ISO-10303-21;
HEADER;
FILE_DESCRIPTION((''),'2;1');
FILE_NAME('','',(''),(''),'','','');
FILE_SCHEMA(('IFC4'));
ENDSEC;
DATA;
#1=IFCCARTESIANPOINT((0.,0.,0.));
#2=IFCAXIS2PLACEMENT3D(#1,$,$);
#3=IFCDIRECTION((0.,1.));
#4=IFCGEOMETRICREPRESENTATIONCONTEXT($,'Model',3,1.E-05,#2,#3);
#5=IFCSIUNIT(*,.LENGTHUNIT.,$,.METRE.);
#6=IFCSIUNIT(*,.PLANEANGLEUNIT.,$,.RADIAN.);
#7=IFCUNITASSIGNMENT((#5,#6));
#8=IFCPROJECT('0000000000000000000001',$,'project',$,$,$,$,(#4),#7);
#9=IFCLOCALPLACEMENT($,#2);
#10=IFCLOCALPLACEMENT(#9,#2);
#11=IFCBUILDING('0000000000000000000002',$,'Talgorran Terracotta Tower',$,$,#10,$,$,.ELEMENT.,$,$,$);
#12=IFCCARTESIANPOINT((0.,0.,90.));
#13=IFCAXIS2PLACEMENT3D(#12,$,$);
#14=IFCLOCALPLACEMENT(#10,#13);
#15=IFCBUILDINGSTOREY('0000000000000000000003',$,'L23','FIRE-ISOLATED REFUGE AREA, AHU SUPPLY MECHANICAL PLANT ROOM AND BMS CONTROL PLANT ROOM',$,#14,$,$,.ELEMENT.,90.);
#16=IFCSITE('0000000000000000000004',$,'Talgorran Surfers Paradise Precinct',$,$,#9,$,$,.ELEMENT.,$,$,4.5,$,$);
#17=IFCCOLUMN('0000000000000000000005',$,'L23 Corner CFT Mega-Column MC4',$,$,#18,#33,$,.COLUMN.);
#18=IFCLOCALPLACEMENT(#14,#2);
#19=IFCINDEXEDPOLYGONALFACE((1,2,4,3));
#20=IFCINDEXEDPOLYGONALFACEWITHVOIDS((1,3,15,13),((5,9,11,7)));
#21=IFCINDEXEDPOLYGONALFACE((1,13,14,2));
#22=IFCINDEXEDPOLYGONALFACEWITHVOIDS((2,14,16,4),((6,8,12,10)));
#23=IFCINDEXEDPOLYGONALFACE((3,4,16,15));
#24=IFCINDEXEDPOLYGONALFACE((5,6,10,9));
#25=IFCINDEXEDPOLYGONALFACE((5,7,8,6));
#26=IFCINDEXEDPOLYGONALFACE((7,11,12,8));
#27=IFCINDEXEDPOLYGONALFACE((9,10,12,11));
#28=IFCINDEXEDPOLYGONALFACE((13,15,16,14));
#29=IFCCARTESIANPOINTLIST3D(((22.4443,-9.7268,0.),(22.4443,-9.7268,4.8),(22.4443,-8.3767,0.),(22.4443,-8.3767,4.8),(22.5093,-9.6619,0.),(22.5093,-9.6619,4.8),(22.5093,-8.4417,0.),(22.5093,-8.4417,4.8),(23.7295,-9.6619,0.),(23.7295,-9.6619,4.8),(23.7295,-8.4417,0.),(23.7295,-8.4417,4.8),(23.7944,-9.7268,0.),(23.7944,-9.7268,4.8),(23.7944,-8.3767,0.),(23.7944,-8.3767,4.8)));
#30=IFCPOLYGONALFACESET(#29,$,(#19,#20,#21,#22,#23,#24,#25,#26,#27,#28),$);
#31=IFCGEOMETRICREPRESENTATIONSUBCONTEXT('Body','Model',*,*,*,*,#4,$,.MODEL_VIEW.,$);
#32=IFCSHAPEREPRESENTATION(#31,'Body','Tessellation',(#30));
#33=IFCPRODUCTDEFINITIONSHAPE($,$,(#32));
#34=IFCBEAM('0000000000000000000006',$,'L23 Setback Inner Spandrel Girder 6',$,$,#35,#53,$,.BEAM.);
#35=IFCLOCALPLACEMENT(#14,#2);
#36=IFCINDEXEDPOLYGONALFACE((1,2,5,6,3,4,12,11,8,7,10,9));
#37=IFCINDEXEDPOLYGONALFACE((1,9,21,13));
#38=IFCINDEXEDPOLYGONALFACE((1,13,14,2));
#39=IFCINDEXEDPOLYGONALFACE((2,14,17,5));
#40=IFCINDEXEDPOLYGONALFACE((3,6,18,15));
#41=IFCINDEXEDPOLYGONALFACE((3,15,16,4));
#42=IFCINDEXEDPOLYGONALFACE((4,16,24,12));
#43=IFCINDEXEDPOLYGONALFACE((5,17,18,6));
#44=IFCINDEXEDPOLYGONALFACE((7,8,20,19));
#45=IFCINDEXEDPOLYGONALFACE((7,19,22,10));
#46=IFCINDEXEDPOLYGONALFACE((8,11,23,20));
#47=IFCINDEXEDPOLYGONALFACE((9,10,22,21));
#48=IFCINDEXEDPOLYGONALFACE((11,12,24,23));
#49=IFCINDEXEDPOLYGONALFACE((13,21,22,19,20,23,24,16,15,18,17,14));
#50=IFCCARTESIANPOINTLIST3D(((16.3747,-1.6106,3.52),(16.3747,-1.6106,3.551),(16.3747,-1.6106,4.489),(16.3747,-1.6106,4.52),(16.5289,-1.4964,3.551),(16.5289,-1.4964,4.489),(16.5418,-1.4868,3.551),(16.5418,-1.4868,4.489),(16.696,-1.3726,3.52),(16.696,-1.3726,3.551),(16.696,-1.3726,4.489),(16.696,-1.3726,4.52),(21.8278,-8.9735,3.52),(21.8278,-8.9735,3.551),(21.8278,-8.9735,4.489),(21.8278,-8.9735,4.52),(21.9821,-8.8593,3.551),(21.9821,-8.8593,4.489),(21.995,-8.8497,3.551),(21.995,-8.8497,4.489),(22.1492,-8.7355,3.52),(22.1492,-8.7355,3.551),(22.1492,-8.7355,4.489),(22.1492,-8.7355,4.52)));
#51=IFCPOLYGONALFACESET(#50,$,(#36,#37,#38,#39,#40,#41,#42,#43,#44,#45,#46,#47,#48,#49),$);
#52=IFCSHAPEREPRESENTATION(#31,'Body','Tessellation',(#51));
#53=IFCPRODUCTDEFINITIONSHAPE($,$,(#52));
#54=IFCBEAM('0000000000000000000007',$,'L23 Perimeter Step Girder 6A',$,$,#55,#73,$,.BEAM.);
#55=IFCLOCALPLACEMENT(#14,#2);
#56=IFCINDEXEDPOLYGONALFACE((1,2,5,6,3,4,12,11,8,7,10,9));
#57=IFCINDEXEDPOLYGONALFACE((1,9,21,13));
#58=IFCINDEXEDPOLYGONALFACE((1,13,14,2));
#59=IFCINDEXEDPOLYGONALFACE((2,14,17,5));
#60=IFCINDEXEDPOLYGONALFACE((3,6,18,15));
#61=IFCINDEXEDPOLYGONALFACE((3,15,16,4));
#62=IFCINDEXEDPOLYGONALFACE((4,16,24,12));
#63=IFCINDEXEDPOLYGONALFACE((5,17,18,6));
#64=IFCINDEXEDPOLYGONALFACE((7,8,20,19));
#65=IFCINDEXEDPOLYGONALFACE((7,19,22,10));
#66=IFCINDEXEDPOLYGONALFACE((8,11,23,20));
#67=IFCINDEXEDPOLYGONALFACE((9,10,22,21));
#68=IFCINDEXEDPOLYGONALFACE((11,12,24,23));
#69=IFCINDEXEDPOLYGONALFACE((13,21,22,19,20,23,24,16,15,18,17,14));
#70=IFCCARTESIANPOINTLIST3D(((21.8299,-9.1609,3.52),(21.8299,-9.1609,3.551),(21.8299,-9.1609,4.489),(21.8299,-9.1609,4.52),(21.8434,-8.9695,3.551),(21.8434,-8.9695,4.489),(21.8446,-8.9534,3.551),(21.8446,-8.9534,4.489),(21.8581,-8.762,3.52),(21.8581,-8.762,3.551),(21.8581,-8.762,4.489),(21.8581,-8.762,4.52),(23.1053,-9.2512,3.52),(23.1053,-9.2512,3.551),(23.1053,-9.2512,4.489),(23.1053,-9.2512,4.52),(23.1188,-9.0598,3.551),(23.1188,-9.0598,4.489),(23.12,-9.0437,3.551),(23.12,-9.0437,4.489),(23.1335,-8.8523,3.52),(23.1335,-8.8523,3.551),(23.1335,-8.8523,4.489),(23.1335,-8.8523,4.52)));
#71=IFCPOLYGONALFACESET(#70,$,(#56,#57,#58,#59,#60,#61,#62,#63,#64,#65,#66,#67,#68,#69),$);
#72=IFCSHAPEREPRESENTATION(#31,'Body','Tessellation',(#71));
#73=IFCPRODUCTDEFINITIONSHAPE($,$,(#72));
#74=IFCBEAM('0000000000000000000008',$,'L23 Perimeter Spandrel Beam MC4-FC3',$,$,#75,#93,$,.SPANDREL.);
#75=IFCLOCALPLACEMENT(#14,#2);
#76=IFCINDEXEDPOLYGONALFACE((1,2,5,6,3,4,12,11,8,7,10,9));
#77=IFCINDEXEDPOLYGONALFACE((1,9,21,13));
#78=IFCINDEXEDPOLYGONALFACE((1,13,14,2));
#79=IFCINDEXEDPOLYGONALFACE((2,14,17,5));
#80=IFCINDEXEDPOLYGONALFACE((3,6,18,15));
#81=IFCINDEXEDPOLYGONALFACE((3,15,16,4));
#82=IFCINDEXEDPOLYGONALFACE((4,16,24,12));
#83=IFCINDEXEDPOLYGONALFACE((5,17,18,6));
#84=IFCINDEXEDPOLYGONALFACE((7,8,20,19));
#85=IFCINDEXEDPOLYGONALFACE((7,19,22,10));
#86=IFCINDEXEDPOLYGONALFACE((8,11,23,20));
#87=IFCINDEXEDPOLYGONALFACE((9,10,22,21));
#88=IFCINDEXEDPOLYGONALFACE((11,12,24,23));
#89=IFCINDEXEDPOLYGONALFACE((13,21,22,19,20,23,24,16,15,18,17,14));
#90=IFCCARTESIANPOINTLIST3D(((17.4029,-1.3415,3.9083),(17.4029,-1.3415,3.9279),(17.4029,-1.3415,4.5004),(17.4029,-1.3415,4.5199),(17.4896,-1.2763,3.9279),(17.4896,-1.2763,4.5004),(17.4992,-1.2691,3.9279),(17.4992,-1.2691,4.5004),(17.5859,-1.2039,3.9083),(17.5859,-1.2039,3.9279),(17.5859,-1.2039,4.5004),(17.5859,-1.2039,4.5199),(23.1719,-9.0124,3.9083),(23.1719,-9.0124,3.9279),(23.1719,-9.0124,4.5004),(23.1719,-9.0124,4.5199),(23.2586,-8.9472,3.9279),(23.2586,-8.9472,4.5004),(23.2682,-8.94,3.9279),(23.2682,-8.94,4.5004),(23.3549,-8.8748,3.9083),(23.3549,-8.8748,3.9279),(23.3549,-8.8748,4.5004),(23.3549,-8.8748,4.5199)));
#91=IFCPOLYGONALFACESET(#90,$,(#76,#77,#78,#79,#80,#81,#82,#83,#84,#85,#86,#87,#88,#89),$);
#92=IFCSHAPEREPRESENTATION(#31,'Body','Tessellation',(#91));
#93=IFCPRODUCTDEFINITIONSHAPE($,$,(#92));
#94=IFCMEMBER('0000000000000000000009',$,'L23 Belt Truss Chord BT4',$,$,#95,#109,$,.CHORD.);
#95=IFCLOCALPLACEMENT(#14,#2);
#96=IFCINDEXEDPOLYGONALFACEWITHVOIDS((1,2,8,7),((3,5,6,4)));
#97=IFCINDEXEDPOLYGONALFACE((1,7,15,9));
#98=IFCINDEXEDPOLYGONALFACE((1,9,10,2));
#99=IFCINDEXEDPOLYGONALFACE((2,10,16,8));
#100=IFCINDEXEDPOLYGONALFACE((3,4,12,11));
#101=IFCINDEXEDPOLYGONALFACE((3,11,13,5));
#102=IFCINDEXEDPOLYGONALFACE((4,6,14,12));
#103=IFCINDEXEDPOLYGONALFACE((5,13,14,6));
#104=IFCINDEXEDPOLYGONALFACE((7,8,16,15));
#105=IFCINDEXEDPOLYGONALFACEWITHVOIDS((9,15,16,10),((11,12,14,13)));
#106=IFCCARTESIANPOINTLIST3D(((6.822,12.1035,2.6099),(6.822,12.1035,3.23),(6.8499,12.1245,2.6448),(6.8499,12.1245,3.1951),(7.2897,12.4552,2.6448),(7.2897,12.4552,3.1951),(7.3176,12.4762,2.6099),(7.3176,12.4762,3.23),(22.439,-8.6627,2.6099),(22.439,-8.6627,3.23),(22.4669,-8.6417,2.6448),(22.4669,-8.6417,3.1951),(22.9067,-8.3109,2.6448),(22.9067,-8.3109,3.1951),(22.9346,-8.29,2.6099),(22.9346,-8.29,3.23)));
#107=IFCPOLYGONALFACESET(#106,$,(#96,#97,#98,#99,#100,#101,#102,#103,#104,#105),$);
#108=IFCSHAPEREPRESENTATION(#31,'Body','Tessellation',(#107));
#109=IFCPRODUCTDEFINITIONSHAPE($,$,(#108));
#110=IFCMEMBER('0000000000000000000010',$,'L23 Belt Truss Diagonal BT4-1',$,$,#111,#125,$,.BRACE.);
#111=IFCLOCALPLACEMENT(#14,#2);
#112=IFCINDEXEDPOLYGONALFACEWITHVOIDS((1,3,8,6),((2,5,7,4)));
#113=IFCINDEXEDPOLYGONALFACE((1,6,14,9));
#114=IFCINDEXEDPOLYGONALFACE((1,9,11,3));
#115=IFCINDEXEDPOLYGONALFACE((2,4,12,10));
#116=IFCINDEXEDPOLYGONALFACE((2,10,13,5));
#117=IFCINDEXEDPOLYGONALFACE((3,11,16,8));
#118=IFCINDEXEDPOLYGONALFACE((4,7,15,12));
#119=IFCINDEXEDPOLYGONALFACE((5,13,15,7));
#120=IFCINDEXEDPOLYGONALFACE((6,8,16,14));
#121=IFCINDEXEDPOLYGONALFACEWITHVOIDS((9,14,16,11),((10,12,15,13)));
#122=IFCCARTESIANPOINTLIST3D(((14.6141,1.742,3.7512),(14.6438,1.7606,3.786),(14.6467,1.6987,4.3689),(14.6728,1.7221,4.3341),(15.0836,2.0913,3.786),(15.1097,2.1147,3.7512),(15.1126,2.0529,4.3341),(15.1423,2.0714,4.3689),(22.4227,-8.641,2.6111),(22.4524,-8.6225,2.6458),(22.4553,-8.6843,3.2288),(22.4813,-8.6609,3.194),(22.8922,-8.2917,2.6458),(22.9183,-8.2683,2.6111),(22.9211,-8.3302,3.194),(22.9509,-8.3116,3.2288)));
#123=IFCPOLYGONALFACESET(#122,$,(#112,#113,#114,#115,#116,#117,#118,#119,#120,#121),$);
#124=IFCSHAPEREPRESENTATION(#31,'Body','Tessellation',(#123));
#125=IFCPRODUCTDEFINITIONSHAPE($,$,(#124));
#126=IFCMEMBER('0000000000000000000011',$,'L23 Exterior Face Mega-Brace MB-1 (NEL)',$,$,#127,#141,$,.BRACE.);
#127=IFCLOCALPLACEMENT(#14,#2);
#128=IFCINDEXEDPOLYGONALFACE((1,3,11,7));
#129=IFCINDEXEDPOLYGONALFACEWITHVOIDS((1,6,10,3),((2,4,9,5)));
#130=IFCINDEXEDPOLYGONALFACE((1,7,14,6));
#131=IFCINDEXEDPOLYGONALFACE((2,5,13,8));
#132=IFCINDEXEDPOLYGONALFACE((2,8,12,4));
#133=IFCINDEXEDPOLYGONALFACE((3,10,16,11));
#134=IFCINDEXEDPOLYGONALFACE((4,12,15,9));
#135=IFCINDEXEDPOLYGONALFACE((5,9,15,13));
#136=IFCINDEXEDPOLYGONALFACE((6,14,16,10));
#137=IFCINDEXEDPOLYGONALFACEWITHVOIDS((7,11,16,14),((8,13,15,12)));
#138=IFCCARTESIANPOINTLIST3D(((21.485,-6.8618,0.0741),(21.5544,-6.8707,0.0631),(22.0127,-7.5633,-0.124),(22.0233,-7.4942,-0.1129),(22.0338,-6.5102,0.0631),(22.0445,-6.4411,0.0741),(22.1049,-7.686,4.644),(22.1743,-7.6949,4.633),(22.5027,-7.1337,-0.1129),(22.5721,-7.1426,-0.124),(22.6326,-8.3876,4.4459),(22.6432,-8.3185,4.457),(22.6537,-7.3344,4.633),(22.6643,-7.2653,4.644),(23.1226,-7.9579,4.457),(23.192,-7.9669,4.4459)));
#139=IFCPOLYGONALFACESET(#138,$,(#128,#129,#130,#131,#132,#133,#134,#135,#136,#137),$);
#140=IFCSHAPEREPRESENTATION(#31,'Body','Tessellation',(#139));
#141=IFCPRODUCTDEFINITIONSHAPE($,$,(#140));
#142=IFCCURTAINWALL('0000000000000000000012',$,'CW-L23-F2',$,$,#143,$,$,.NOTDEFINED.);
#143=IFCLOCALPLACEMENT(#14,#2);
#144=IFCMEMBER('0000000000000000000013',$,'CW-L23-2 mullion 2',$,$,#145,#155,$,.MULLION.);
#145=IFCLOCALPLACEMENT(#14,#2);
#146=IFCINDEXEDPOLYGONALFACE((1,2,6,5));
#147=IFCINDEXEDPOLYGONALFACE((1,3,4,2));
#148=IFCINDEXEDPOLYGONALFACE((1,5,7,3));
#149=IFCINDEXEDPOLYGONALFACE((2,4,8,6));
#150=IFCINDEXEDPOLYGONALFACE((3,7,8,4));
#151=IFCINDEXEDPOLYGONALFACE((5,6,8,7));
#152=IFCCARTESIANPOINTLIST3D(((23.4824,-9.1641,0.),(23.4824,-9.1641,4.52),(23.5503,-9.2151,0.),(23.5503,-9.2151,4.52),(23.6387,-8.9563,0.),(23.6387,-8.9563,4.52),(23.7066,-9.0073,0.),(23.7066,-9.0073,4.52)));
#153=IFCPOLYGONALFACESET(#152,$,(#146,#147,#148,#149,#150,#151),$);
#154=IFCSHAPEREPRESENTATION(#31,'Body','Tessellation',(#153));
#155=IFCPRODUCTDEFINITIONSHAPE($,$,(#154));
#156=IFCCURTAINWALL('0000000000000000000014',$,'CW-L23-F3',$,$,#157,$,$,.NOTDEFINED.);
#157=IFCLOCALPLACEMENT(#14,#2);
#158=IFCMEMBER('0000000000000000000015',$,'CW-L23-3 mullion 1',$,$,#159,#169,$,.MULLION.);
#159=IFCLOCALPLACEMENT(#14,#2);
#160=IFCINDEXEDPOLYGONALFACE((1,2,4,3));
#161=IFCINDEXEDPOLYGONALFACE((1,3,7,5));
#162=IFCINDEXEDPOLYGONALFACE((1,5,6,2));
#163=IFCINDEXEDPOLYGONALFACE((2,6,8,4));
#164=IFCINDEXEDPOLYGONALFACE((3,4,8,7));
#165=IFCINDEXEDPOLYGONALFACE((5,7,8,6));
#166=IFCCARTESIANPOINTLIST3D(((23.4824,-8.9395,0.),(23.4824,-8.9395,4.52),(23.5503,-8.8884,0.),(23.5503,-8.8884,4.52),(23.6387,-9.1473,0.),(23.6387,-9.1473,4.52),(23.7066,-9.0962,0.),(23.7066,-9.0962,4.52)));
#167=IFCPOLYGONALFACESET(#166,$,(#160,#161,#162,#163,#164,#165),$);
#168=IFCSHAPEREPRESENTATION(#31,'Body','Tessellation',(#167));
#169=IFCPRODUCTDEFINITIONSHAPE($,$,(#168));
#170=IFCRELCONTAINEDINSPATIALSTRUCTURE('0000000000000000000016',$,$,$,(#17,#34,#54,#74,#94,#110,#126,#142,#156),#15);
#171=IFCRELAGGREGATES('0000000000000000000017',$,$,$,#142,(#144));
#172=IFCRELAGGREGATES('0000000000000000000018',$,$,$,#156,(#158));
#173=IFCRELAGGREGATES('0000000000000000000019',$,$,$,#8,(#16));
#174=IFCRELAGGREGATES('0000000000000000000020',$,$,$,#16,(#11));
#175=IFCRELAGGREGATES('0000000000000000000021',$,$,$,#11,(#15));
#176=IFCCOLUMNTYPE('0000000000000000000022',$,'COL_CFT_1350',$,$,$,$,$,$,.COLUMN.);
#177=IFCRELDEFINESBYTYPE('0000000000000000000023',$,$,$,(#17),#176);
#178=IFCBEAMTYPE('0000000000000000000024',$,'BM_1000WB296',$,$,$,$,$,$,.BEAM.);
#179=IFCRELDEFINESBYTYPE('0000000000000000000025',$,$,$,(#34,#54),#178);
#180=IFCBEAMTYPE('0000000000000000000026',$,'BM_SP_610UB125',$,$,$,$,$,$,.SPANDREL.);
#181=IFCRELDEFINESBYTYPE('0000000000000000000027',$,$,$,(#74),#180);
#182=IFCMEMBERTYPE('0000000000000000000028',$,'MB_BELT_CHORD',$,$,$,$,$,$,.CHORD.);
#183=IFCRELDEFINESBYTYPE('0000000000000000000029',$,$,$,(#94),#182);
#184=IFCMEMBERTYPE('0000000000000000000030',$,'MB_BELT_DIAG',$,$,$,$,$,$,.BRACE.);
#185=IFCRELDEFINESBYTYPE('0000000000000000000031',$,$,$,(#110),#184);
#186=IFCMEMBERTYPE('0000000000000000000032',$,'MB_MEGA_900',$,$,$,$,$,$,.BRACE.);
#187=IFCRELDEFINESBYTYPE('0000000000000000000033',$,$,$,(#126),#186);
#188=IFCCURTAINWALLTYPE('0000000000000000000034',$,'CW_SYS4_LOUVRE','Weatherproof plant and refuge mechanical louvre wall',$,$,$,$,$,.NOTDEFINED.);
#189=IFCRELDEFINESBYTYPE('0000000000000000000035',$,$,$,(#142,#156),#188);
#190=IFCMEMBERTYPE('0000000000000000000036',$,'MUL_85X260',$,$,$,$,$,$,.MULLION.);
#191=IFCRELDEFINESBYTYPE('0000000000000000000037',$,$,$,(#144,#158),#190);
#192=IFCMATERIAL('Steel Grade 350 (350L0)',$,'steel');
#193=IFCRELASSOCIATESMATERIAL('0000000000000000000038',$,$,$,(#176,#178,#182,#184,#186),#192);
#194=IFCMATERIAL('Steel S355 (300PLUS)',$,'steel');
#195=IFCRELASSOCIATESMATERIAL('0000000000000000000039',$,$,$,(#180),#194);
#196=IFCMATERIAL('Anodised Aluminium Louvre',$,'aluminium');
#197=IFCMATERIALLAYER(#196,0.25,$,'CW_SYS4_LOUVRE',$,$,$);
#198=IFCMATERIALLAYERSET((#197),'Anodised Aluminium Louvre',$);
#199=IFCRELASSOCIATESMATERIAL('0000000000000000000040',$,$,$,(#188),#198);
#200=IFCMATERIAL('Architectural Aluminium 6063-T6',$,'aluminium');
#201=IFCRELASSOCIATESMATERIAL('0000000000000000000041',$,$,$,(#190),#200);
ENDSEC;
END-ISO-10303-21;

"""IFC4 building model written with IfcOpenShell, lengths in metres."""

from ifc_helpers import new_model, si_unit, direction, frame, origin, origin_2d, place, context, subcontext, project, spatial, rectangle, hollow_rectangle, i_section, extrude, material, layer, layer_set, material_profile, profile_set, type_object, element, aggregate, save


model = new_model("IFC4")

# Units and contexts
model_context = context("Model", 3, precision=1e-05, world=origin(), true_north=direction((0.0, 1.0)))
body_context = subcontext(model_context, "Body", "Model", "MODEL_VIEW")
ifc_project = project(units=[si_unit("LENGTHUNIT", "METRE"), si_unit("PLANEANGLEUNIT", "RADIAN")], contexts=[model_context])

# Site, building, storey
site_placement = place(None, origin())
site = spatial("IfcSite", under=ifc_project, at=site_placement, Name="Talgorran Surfers Paradise Precinct", CompositionType="ELEMENT", RefElevation=4.5)
building_placement = place(site_placement, origin())
building = spatial("IfcBuilding", under=site, at=building_placement, Name="Talgorran Terracotta Tower", CompositionType="ELEMENT")
storey_placement = place(building_placement, frame((0.0, 0.0, 90.0)))
storey = spatial("IfcBuildingStorey", under=building, at=storey_placement, Name="L23", Description="FIRE-ISOLATED REFUGE AREA, AHU SUPPLY MECHANICAL PLANT ROOM AND BMS CONTROL PLANT ROOM", CompositionType="ELEMENT", Elevation=90.0)

# Column
ifc_material_1 = material(Name="Steel Grade 350 (350L0)", Category="steel")
ifc_material_profile_1 = material_profile(ifc_material_1, hollow_rectangle(XDim=1.3501, YDim=1.3501, WallThickness=0.0649, at=origin_2d()), Name="CFT1350X1350X65")
ifc_profile_set_1 = profile_set([ifc_material_profile_1], Name="Steel Grade 350 (350L0)")
column_type = type_object("IfcColumnType", Name="COL_CFT_1350", PredefinedType="COLUMN", material=ifc_profile_set_1)
column_placement = place(storey_placement, frame((23.1194, -9.0518, 0.0), z_axis=(0.0, 0.0, 1.0), x_axis=(1.0, 0.0, 0.0)))
element("IfcColumn", 1, at=column_placement, inside=storey, type_object=column_type, Name="L23 Corner CFT Mega-Column MC4", PredefinedType="COLUMN", context=body_context, shape_type="SweptSolid", body=[
    extrude(hollow_rectangle(XDim=1.3501, YDim=1.3501, WallThickness=0.0649, at=origin_2d()), origin(), (0.0, 0.0, 1.0), 4.8),
])

# Beams
ifc_material_profile_2 = material_profile(ifc_material_1, i_section(OverallWidth=0.3999, OverallDepth=1.0, WebThickness=0.0161, FlangeThickness=0.031, at=origin_2d()), Name="1000WB296")
ifc_profile_set_2 = profile_set([ifc_material_profile_2], Name="Steel Grade 350 (350L0)")
beam_type_1 = type_object("IfcBeamType", Name="BM_1000WB296", PredefinedType="BEAM", material=ifc_profile_set_2)
beam_1_placement = place(storey_placement, frame((21.9885, -8.8545, 4.02), z_axis=(-0.595171, 0.803599, 0.0), x_axis=(-0.803599, -0.595171, 0.0)))
element("IfcBeam", 2, at=beam_1_placement, inside=storey, type_object=beam_type_1, Name="L23 Setback Inner Spandrel Girder 6", PredefinedType="BEAM", context=body_context, shape_type="SweptSolid", body=[
    extrude(i_section(OverallWidth=0.3999, OverallDepth=1.0, WebThickness=0.0161, FlangeThickness=0.031, at=origin_2d()), origin(), (0.0, 0.0, 1.0), 9.1624),
])
beam_2_placement = place(storey_placement, frame((23.1194, -9.0518, 4.02), z_axis=(-0.997501, 0.07065, 0.0), x_axis=(-0.07065, -0.997501, 0.0)))
element("IfcBeam", 3, at=beam_2_placement, inside=storey, type_object=beam_type_1, Name="L23 Perimeter Step Girder 6A", PredefinedType="BEAM", context=body_context, shape_type="SweptSolid", body=[
    extrude(i_section(OverallWidth=0.3999, OverallDepth=1.0, WebThickness=0.0161, FlangeThickness=0.031, at=origin_2d()), origin(), (0.0, 0.0, 1.0), 1.2786),
])
ifc_material_2 = material(Name="Steel S355 (300PLUS)", Category="steel")
ifc_material_profile_3 = material_profile(ifc_material_2, i_section(OverallWidth=0.229, OverallDepth=0.6116, WebThickness=0.012, FlangeThickness=0.0195, at=origin_2d()), Name="610UB125")
ifc_profile_set_3 = profile_set([ifc_material_profile_3], Name="Steel S355 (300PLUS)")
beam_type_2 = type_object("IfcBeamType", Name="BM_SP_610UB125", PredefinedType="SPANDREL", material=ifc_profile_set_3)
beam_3_placement = place(storey_placement, frame((23.2634, -8.9436, 4.2141), z_axis=(-0.601058, 0.799206, 0.0), x_axis=(-0.799206, -0.601058, 0.0)))
element("IfcBeam", 4, at=beam_3_placement, inside=storey, type_object=beam_type_2, Name="L23 Perimeter Spandrel Beam MC4-FC3", PredefinedType="SPANDREL", context=body_context, shape_type="SweptSolid", body=[
    extrude(i_section(OverallWidth=0.229, OverallDepth=0.6116, WebThickness=0.012, FlangeThickness=0.0195, at=origin_2d()), origin(), (0.0, 0.0, 1.0), 9.5981),
])

# Members
ifc_material_profile_4 = material_profile(ifc_material_1, hollow_rectangle(XDim=0.6201, YDim=0.6201, WallThickness=0.0349, at=origin_2d()), Name="WBOX620X620X35")
ifc_profile_set_4 = profile_set([ifc_material_profile_4], Name="Steel Grade 350 (350L0)")
member_type_1 = type_object("IfcMemberType", Name="MB_BELT_CHORD", PredefinedType="CHORD", material=ifc_profile_set_4)
member_1_placement = place(storey_placement, frame((22.6868, -8.4763, 2.9199), z_axis=(-0.601043, 0.799217, 0.0), x_axis=(-0.799217, -0.601043, 0.0)))
element("IfcMember", 5, at=member_1_placement, inside=storey, type_object=member_type_1, Name="L23 Belt Truss Chord BT4", PredefinedType="CHORD", context=body_context, shape_type="SweptSolid", body=[
    extrude(hollow_rectangle(XDim=0.6201, YDim=0.6201, WallThickness=0.0349, at=origin_2d()), origin(), (0.0, 0.0, 1.0), 25.9832),
])
ifc_material_profile_5 = material_profile(ifc_material_1, hollow_rectangle(XDim=0.6201, YDim=0.6201, WallThickness=0.0349, at=origin_2d()), Name="WBOX620X620X35")
ifc_profile_set_5 = profile_set([ifc_material_profile_5], Name="Steel Grade 350 (350L0)")
member_type_2 = type_object("IfcMemberType", Name="MB_BELT_DIAG", PredefinedType="BRACE", material=ifc_profile_set_5)
member_2_placement = place(storey_placement, frame((22.6868, -8.4763, 2.9199), z_axis=(-0.598748, 0.796152, 0.087423), x_axis=(-0.799212, -0.601049, 0.0)))
element("IfcMember", 6, at=member_2_placement, inside=storey, type_object=member_type_2, Name="L23 Belt Truss Diagonal BT4-1", PredefinedType="BRACE", context=body_context, shape_type="SweptSolid", body=[
    extrude(hollow_rectangle(XDim=0.6201, YDim=0.6201, WallThickness=0.0349, at=origin_2d()), origin(), (0.0, 0.0, 1.0), 13.0415),
])
ifc_material_profile_6 = material_profile(ifc_material_1, hollow_rectangle(XDim=0.7, YDim=0.8999, WallThickness=0.05, at=origin_2d()), Name="WBOX900X700X50")
ifc_profile_set_6 = profile_set([ifc_material_profile_6], Name="Steel Grade 350 (350L0)")
member_type_3 = type_object("IfcMemberType", Name="MB_MEGA_900", PredefinedType="BRACE", material=ifc_profile_set_6)
member_3_placement = place(storey_placement, frame((22.0286, -7.0022, -0.0249), z_axis=(0.132317, -0.175937, 0.975468), x_axis=(0.799204, 0.60106, 0.0)))
element("IfcMember", 7, at=member_3_placement, inside=storey, type_object=member_type_3, Name="L23 Exterior Face Mega-Brace MB-1 (NEL)", PredefinedType="BRACE", context=body_context, shape_type="SweptSolid", body=[
    extrude(hollow_rectangle(XDim=0.7, YDim=0.8999, WallThickness=0.05, at=origin_2d()), origin(), (0.0, 0.0, 1.0), 4.6848),
])

# Curtain wall, member
ifc_material_3 = material(Name="Anodised Aluminium Louvre", Category="aluminium")
ifc_layer_1 = layer(ifc_material_3, 0.25, Name="CW_SYS4_LOUVRE")
ifc_layer_set_1 = layer_set([ifc_layer_1], Name="Anodised Aluminium Louvre")
curtain_wall_type = type_object("IfcCurtainWallType", Name="CW_SYS4_LOUVRE", Description="Weatherproof plant and refuge mechanical louvre wall", PredefinedType="NOTDEFINED", material=ifc_layer_set_1)
curtain_wall_1_placement = place(storey_placement, origin())
curtain_wall_1 = element("IfcCurtainWall", 8, at=curtain_wall_1_placement, inside=storey, type_object=curtain_wall_type, Name="CW-L23-F2", PredefinedType="NOTDEFINED")
ifc_material_4 = material(Name="Architectural Aluminium 6063-T6", Category="aluminium")
ifc_material_profile_7 = material_profile(ifc_material_4, rectangle(XDim=0.085, YDim=0.26, at=origin_2d()), Name="CWM85X260")
ifc_profile_set_7 = profile_set([ifc_material_profile_7], Name="Architectural Aluminium 6063-T6")
member_type_4 = type_object("IfcMemberType", Name="MUL_85X260", PredefinedType="MULLION", material=ifc_profile_set_7)
member_4_placement = place(storey_placement, frame((23.5945, -9.0857, 0.0), z_axis=(0.0, 0.0, 1.0), x_axis=(-0.79921, 0.601052, 0.0)))
member_4 = element("IfcMember", 9, at=member_4_placement, type_object=member_type_4, Name="CW-L23-2 mullion 2", PredefinedType="MULLION", context=body_context, shape_type="SweptSolid", body=[
    extrude(rectangle(XDim=0.085, YDim=0.26, at=origin_2d()), origin(), (0.0, 0.0, 1.0), 4.52),
])
aggregate(curtain_wall_1, [member_4])

# Curtain wall, member
curtain_wall_2_placement = place(storey_placement, origin())
curtain_wall_2 = element("IfcCurtainWall", 10, at=curtain_wall_2_placement, inside=storey, type_object=curtain_wall_type, Name="CW-L23-F3", PredefinedType="NOTDEFINED")
member_5_placement = place(storey_placement, frame((23.5945, -9.0178, 0.0), z_axis=(0.0, 0.0, 1.0), x_axis=(-0.799214, -0.601047, 0.0)))
member_5 = element("IfcMember", 11, at=member_5_placement, type_object=member_type_4, Name="CW-L23-3 mullion 1", PredefinedType="MULLION", context=body_context, shape_type="SweptSolid", body=[
    extrude(rectangle(XDim=0.085, YDim=0.26, at=origin_2d()), origin(), (0.0, 0.0, 1.0), 4.52),
])

aggregate(curtain_wall_2, [member_5])

save(model, "model.ifc")
